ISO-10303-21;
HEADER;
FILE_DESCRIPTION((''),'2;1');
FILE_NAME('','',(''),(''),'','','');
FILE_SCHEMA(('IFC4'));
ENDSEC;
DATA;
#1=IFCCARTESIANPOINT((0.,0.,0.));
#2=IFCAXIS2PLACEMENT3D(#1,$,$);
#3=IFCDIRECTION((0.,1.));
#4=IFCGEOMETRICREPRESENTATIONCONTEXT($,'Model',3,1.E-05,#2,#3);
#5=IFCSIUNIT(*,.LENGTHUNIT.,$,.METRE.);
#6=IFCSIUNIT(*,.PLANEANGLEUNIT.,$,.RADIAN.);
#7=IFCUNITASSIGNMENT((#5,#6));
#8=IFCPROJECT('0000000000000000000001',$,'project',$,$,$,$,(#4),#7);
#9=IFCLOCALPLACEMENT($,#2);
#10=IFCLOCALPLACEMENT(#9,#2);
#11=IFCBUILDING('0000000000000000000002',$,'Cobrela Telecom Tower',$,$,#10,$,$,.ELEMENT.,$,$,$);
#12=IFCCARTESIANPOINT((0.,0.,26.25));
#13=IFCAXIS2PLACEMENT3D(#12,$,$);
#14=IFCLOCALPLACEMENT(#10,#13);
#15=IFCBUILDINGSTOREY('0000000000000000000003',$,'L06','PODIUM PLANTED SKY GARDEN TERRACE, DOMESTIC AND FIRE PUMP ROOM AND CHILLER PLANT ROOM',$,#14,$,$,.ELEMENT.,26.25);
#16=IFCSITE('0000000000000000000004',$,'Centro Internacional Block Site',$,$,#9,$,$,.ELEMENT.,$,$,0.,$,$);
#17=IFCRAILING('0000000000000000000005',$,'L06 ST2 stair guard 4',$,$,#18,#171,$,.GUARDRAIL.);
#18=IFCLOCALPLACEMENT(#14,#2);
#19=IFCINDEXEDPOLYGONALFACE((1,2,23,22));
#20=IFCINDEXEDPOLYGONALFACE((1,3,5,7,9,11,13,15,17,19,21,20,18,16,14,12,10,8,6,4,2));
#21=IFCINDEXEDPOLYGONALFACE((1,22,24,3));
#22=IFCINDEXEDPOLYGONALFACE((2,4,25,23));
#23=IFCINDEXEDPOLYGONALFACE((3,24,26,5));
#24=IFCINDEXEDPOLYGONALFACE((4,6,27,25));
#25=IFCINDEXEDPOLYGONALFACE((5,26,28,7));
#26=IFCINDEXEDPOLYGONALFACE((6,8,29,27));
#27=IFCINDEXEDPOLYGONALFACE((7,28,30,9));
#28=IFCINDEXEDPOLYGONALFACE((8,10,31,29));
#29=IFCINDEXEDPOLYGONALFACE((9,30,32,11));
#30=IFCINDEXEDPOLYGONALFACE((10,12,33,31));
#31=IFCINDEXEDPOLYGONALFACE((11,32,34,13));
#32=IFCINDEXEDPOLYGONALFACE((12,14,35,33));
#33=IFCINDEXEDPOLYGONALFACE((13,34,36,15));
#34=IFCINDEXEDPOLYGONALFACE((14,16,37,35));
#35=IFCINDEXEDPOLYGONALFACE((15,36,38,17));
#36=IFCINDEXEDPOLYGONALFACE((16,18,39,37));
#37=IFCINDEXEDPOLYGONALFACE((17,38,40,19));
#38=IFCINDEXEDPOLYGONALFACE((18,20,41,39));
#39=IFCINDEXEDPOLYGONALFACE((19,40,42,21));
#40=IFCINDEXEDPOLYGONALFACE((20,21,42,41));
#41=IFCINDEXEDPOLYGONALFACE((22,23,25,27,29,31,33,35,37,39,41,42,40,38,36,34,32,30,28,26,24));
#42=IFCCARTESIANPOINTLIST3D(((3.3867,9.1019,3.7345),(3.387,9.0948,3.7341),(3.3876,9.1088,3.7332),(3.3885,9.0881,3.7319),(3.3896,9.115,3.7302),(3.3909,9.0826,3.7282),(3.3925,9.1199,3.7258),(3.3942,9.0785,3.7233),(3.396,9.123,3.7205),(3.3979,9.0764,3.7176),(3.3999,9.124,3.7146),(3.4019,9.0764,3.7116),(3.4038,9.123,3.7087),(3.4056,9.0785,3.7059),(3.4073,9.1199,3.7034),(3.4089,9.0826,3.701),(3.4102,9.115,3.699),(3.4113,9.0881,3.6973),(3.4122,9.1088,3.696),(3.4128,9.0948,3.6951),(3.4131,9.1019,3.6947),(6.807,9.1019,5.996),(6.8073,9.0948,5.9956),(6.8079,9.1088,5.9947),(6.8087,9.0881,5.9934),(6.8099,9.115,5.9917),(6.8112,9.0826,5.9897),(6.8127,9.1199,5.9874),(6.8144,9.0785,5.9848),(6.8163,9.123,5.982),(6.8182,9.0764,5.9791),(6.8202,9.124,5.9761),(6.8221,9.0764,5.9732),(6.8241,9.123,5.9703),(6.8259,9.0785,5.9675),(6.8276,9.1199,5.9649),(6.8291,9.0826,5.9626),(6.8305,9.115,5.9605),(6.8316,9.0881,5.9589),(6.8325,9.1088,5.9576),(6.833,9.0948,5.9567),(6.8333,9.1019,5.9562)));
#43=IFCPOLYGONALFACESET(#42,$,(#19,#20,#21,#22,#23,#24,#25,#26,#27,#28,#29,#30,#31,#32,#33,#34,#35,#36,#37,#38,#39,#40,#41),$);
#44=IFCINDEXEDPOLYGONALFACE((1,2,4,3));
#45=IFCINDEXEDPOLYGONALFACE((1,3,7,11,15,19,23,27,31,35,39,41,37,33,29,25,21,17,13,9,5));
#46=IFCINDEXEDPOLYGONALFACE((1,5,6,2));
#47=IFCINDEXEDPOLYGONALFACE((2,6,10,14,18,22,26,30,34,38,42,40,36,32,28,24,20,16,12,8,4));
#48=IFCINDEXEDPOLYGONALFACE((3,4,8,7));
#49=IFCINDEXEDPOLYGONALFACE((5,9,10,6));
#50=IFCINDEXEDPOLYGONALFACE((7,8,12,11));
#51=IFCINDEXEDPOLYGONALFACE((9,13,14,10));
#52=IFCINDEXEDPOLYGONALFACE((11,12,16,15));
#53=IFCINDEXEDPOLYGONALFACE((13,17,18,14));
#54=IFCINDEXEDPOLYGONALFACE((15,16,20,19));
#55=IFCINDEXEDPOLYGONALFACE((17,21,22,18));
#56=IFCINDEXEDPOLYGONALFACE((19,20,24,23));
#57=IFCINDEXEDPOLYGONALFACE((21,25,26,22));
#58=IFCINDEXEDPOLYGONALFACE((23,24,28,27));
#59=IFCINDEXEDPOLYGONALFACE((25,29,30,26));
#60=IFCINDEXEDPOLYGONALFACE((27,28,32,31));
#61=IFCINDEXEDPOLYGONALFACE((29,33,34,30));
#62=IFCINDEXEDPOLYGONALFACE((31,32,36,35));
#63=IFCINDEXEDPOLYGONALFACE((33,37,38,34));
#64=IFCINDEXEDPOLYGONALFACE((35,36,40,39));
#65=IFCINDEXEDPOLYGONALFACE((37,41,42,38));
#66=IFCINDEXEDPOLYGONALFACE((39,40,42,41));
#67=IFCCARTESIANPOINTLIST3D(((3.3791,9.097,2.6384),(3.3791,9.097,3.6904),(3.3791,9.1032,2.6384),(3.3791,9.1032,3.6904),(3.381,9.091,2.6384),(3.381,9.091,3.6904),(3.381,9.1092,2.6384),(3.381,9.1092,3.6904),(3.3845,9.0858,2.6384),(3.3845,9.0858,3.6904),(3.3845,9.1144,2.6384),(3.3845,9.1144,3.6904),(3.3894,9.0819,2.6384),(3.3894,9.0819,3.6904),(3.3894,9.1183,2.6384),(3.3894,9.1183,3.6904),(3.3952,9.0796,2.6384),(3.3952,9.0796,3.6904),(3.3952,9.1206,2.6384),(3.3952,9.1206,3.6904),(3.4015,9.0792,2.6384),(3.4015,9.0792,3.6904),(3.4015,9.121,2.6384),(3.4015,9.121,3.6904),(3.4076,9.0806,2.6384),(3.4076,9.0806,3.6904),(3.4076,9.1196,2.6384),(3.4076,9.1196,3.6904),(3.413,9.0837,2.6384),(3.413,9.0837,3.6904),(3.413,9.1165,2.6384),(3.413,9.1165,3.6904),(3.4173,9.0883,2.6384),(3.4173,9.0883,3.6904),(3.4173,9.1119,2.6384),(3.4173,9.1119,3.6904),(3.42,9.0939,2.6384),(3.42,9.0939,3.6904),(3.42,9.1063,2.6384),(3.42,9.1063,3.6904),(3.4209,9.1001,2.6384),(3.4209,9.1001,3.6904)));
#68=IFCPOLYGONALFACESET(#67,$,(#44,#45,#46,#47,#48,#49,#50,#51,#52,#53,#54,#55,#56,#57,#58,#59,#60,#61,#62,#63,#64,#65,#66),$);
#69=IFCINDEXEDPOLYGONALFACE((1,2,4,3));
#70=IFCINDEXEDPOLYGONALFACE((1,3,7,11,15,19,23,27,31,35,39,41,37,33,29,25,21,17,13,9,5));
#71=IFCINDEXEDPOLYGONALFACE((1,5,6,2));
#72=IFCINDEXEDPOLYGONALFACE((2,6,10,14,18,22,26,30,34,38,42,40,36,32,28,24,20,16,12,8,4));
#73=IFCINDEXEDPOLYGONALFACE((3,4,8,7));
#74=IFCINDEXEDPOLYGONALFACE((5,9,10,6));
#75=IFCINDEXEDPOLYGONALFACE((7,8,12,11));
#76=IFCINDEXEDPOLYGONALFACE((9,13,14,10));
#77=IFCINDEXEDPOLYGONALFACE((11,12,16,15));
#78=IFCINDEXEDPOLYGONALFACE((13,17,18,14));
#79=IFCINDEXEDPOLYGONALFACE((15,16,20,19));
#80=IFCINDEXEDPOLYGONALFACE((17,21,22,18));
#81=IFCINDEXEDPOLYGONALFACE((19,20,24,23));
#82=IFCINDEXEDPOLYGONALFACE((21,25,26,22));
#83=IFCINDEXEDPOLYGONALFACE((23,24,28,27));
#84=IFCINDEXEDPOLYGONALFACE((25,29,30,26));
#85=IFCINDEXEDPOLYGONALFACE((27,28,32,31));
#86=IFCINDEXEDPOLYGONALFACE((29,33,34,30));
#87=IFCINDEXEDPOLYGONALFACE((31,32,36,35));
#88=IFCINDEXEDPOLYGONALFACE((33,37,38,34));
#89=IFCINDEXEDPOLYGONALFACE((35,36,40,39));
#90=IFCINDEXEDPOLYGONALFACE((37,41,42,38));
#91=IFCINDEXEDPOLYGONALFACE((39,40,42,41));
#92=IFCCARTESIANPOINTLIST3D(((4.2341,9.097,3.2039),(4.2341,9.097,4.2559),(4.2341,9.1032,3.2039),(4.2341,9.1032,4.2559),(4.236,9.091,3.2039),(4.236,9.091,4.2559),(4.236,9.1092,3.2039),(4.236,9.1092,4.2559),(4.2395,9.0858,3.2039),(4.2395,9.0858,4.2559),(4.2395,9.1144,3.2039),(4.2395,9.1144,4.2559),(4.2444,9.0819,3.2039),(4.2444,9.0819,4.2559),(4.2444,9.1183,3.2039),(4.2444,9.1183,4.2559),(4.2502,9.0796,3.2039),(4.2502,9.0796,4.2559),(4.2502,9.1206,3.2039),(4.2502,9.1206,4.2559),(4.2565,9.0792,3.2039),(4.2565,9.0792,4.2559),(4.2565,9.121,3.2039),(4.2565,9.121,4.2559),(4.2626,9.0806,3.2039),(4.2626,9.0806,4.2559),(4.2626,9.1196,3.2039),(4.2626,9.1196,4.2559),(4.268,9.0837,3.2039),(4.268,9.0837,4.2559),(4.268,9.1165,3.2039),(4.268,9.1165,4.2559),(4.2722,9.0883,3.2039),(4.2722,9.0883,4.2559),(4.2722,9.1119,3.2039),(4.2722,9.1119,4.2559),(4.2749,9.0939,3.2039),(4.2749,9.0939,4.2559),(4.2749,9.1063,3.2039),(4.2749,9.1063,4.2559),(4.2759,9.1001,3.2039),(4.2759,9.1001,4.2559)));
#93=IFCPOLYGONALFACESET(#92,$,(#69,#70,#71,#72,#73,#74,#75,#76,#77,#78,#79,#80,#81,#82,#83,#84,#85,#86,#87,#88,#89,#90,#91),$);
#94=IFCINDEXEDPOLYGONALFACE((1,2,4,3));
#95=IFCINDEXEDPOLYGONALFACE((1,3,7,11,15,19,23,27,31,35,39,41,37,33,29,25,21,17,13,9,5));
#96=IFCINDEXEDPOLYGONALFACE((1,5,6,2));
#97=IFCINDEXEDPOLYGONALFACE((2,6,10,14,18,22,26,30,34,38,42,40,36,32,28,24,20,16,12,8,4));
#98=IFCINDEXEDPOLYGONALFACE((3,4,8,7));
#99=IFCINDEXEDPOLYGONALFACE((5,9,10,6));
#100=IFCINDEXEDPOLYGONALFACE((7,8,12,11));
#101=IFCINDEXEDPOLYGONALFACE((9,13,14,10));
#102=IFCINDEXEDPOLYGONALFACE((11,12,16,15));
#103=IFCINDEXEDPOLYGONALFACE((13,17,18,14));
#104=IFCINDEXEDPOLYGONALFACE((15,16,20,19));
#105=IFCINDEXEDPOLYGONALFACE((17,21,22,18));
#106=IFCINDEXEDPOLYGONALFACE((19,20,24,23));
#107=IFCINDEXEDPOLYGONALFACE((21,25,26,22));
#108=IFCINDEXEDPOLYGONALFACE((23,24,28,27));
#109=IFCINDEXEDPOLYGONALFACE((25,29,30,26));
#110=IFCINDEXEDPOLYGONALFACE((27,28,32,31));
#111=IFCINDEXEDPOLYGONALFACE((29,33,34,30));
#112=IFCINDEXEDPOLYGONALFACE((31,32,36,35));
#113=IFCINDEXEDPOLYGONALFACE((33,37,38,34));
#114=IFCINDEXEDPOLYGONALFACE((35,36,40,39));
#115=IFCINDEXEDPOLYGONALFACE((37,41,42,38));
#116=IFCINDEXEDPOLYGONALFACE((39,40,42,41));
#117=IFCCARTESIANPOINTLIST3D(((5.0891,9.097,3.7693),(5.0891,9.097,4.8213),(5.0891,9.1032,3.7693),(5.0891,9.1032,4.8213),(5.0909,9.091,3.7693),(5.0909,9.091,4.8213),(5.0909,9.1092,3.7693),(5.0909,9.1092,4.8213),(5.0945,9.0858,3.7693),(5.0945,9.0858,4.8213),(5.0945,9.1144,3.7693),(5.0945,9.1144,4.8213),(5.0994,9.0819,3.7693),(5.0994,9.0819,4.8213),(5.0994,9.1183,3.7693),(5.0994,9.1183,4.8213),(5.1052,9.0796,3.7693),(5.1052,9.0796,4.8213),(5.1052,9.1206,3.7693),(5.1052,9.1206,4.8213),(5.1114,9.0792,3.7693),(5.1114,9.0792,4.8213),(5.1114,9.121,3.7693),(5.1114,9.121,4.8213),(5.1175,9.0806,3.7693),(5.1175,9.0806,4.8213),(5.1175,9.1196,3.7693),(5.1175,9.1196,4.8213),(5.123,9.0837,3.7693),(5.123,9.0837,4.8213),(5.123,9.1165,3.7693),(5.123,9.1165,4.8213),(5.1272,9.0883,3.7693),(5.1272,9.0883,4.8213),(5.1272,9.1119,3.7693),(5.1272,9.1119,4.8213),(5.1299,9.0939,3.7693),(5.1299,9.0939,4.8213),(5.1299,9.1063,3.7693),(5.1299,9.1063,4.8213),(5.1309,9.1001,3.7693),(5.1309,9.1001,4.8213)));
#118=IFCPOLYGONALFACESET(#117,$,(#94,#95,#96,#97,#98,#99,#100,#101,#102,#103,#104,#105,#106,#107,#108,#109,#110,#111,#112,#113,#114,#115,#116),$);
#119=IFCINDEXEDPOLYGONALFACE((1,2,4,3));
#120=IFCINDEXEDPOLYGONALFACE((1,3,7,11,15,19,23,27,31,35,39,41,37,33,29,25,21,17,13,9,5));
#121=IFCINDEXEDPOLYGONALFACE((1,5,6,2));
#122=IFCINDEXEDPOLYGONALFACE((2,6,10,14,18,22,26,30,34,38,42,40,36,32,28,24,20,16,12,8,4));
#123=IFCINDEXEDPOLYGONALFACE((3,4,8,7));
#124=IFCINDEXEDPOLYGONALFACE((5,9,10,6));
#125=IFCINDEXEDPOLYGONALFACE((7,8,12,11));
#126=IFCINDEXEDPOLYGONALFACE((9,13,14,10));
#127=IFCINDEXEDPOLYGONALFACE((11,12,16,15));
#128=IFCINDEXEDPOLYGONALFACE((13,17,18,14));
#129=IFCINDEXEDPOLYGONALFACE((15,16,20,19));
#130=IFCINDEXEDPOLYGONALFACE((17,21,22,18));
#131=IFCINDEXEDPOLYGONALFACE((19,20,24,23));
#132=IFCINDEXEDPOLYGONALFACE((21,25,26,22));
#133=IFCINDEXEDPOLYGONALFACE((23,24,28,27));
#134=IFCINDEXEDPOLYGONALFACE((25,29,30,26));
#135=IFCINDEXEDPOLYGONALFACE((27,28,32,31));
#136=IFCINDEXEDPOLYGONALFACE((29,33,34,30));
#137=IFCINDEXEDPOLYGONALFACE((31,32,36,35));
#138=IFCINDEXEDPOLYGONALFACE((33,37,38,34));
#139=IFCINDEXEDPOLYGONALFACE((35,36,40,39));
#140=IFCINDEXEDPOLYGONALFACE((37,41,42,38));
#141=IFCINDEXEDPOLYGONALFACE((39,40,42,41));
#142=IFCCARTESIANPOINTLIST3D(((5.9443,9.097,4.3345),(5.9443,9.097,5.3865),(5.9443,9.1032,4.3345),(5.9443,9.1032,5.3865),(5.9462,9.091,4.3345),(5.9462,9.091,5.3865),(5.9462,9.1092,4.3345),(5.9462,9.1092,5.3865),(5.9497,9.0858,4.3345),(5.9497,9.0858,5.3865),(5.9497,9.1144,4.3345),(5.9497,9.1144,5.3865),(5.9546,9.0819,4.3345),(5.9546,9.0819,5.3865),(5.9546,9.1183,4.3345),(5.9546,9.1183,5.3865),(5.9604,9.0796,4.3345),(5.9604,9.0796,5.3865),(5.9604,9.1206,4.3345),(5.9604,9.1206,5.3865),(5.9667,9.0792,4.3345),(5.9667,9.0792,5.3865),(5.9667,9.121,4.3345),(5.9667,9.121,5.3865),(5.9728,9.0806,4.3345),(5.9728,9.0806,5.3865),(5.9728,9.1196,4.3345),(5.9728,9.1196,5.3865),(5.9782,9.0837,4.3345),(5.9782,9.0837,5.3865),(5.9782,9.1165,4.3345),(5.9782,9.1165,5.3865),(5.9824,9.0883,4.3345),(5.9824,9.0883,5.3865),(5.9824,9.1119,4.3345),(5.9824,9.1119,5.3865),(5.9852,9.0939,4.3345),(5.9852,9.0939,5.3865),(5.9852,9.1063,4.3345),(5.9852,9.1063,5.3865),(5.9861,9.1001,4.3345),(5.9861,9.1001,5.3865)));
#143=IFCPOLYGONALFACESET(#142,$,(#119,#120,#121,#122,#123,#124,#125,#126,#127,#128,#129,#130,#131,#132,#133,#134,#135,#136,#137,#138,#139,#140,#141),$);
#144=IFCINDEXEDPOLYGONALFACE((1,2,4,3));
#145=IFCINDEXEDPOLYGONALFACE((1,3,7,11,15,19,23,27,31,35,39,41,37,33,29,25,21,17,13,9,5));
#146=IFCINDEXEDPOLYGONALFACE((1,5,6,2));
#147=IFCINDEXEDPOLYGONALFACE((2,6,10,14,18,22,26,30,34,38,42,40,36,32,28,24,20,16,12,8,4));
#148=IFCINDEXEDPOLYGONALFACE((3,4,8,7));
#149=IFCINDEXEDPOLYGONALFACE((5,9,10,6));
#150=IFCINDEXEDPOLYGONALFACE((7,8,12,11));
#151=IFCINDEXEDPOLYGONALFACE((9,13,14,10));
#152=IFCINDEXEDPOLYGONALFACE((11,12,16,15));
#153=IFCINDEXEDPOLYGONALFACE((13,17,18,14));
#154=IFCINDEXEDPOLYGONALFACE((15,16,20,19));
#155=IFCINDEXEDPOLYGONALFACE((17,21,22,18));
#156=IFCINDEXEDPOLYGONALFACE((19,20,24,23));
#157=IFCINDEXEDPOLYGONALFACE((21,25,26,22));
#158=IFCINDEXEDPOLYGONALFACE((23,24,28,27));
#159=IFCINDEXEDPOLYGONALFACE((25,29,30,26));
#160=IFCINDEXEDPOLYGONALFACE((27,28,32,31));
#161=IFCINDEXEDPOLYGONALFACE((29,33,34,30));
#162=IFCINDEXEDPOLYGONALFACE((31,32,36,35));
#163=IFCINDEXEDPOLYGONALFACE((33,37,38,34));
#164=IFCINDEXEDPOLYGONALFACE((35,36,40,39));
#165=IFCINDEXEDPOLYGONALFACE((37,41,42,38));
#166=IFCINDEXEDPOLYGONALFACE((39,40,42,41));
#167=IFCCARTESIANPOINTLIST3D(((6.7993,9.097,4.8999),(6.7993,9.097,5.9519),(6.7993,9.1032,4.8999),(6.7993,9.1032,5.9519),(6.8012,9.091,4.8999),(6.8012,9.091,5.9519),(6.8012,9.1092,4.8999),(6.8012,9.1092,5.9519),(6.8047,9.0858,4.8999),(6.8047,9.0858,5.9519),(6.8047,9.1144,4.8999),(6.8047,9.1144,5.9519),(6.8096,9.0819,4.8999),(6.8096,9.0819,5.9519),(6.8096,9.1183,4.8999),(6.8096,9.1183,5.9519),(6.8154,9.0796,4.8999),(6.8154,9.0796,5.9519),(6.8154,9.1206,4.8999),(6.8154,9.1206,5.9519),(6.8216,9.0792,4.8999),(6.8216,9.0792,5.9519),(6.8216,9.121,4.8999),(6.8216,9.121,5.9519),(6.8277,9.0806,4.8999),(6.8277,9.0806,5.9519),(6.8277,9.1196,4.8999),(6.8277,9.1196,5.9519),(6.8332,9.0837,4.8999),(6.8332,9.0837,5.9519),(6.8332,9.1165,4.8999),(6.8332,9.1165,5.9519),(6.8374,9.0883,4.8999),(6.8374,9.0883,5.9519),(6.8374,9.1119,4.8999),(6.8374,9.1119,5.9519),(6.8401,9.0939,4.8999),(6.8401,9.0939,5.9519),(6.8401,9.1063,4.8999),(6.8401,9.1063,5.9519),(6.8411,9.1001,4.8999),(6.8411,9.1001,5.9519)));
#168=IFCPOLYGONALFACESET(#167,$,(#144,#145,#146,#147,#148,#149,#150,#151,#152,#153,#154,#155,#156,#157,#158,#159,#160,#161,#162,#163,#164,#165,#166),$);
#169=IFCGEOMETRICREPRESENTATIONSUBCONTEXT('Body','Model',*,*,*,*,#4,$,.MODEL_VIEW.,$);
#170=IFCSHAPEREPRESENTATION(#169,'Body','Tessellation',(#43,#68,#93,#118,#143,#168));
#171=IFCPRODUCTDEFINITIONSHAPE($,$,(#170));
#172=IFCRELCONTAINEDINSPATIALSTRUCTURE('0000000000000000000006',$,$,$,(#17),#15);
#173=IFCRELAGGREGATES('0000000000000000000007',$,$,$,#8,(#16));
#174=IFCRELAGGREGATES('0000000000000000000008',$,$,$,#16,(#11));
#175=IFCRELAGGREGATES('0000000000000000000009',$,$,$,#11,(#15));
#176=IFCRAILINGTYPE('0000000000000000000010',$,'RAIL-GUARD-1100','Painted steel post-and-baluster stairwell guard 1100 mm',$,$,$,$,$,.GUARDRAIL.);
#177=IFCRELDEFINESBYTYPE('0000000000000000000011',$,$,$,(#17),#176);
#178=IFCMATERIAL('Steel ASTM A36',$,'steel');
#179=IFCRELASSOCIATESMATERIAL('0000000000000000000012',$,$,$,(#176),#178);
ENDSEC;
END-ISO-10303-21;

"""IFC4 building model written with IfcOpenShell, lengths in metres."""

from ifc_helpers import new_model, si_unit, direction, frame, origin, origin_2d, place, context, subcontext, project, spatial, circle, extrude, material, type_object, element, save


model = new_model("IFC4")

# Units and contexts
model_context = context("Model", 3, precision=1e-05, world=origin(), true_north=direction((0.0, 1.0)))
body_context = subcontext(model_context, "Body", "Model", "MODEL_VIEW")
ifc_project = project(units=[si_unit("LENGTHUNIT", "METRE"), si_unit("PLANEANGLEUNIT", "RADIAN")], contexts=[model_context])

# Site, building, storey
site_placement = place(None, origin())
site = spatial("IfcSite", under=ifc_project, at=site_placement, Name="Centro Internacional Block Site", CompositionType="ELEMENT", RefElevation=0.0)
building_placement = place(site_placement, origin())
building = spatial("IfcBuilding", under=site, at=building_placement, Name="Cobrela Telecom Tower", CompositionType="ELEMENT")
storey_placement = place(building_placement, frame((0.0, 0.0, 26.25)))
storey = spatial("IfcBuildingStorey", under=building, at=storey_placement, Name="L06", Description="PODIUM PLANTED SKY GARDEN TERRACE, DOMESTIC AND FIRE PUMP ROOM AND CHILLER PLANT ROOM", CompositionType="ELEMENT", Elevation=26.25)

# Shared definitions
ifc_material_1 = material(Name="Steel ASTM A36", Category="steel")

# Railing
railing_type_1 = type_object("IfcRailingType", Name="RAIL-GUARD-1100", Description="Painted steel post-and-baluster stairwell guard 1100 mm", PredefinedType="GUARDRAIL", material=ifc_material_1)
railing_1_placement = place(storey_placement, frame((3.3999, 9.1001, 2.6384)))
element("IfcRailing", 1, at=railing_1_placement, inside=storey, type_object=railing_type_1, Name="L06 ST2 stair guard 4", PredefinedType="GUARDRAIL", context=body_context, shape_type="SweptSolid", body=[
    extrude(circle(Radius=0.0239, at=origin_2d()), frame((0.0, 0.0, 1.0762), z_axis=(0.834142, 0.0, 0.55155), x_axis=(0.0, 1.0, 0.0)), (0.0, 0.0, 1.0), 4.1003),
    extrude(circle(Radius=0.021, at=origin_2d()), origin(), (0.0, 0.0, 1.0), 1.052),
    extrude(circle(Radius=0.021, at=origin_2d()), frame((0.855, 0.0, 0.5654)), (0.0, 0.0, 1.0), 1.052),
    extrude(circle(Radius=0.021, at=origin_2d()), frame((1.71, 0.0, 1.1309)), (0.0, 0.0, 1.0), 1.052),
    extrude(circle(Radius=0.021, at=origin_2d()), frame((2.5652, 0.0, 1.696)), (0.0, 0.0, 1.0), 1.052),
    extrude(circle(Radius=0.021, at=origin_2d()), frame((3.4202, 0.0, 2.2615)), (0.0, 0.0, 1.0), 1.052),
])

save(model, "model.ifc")
